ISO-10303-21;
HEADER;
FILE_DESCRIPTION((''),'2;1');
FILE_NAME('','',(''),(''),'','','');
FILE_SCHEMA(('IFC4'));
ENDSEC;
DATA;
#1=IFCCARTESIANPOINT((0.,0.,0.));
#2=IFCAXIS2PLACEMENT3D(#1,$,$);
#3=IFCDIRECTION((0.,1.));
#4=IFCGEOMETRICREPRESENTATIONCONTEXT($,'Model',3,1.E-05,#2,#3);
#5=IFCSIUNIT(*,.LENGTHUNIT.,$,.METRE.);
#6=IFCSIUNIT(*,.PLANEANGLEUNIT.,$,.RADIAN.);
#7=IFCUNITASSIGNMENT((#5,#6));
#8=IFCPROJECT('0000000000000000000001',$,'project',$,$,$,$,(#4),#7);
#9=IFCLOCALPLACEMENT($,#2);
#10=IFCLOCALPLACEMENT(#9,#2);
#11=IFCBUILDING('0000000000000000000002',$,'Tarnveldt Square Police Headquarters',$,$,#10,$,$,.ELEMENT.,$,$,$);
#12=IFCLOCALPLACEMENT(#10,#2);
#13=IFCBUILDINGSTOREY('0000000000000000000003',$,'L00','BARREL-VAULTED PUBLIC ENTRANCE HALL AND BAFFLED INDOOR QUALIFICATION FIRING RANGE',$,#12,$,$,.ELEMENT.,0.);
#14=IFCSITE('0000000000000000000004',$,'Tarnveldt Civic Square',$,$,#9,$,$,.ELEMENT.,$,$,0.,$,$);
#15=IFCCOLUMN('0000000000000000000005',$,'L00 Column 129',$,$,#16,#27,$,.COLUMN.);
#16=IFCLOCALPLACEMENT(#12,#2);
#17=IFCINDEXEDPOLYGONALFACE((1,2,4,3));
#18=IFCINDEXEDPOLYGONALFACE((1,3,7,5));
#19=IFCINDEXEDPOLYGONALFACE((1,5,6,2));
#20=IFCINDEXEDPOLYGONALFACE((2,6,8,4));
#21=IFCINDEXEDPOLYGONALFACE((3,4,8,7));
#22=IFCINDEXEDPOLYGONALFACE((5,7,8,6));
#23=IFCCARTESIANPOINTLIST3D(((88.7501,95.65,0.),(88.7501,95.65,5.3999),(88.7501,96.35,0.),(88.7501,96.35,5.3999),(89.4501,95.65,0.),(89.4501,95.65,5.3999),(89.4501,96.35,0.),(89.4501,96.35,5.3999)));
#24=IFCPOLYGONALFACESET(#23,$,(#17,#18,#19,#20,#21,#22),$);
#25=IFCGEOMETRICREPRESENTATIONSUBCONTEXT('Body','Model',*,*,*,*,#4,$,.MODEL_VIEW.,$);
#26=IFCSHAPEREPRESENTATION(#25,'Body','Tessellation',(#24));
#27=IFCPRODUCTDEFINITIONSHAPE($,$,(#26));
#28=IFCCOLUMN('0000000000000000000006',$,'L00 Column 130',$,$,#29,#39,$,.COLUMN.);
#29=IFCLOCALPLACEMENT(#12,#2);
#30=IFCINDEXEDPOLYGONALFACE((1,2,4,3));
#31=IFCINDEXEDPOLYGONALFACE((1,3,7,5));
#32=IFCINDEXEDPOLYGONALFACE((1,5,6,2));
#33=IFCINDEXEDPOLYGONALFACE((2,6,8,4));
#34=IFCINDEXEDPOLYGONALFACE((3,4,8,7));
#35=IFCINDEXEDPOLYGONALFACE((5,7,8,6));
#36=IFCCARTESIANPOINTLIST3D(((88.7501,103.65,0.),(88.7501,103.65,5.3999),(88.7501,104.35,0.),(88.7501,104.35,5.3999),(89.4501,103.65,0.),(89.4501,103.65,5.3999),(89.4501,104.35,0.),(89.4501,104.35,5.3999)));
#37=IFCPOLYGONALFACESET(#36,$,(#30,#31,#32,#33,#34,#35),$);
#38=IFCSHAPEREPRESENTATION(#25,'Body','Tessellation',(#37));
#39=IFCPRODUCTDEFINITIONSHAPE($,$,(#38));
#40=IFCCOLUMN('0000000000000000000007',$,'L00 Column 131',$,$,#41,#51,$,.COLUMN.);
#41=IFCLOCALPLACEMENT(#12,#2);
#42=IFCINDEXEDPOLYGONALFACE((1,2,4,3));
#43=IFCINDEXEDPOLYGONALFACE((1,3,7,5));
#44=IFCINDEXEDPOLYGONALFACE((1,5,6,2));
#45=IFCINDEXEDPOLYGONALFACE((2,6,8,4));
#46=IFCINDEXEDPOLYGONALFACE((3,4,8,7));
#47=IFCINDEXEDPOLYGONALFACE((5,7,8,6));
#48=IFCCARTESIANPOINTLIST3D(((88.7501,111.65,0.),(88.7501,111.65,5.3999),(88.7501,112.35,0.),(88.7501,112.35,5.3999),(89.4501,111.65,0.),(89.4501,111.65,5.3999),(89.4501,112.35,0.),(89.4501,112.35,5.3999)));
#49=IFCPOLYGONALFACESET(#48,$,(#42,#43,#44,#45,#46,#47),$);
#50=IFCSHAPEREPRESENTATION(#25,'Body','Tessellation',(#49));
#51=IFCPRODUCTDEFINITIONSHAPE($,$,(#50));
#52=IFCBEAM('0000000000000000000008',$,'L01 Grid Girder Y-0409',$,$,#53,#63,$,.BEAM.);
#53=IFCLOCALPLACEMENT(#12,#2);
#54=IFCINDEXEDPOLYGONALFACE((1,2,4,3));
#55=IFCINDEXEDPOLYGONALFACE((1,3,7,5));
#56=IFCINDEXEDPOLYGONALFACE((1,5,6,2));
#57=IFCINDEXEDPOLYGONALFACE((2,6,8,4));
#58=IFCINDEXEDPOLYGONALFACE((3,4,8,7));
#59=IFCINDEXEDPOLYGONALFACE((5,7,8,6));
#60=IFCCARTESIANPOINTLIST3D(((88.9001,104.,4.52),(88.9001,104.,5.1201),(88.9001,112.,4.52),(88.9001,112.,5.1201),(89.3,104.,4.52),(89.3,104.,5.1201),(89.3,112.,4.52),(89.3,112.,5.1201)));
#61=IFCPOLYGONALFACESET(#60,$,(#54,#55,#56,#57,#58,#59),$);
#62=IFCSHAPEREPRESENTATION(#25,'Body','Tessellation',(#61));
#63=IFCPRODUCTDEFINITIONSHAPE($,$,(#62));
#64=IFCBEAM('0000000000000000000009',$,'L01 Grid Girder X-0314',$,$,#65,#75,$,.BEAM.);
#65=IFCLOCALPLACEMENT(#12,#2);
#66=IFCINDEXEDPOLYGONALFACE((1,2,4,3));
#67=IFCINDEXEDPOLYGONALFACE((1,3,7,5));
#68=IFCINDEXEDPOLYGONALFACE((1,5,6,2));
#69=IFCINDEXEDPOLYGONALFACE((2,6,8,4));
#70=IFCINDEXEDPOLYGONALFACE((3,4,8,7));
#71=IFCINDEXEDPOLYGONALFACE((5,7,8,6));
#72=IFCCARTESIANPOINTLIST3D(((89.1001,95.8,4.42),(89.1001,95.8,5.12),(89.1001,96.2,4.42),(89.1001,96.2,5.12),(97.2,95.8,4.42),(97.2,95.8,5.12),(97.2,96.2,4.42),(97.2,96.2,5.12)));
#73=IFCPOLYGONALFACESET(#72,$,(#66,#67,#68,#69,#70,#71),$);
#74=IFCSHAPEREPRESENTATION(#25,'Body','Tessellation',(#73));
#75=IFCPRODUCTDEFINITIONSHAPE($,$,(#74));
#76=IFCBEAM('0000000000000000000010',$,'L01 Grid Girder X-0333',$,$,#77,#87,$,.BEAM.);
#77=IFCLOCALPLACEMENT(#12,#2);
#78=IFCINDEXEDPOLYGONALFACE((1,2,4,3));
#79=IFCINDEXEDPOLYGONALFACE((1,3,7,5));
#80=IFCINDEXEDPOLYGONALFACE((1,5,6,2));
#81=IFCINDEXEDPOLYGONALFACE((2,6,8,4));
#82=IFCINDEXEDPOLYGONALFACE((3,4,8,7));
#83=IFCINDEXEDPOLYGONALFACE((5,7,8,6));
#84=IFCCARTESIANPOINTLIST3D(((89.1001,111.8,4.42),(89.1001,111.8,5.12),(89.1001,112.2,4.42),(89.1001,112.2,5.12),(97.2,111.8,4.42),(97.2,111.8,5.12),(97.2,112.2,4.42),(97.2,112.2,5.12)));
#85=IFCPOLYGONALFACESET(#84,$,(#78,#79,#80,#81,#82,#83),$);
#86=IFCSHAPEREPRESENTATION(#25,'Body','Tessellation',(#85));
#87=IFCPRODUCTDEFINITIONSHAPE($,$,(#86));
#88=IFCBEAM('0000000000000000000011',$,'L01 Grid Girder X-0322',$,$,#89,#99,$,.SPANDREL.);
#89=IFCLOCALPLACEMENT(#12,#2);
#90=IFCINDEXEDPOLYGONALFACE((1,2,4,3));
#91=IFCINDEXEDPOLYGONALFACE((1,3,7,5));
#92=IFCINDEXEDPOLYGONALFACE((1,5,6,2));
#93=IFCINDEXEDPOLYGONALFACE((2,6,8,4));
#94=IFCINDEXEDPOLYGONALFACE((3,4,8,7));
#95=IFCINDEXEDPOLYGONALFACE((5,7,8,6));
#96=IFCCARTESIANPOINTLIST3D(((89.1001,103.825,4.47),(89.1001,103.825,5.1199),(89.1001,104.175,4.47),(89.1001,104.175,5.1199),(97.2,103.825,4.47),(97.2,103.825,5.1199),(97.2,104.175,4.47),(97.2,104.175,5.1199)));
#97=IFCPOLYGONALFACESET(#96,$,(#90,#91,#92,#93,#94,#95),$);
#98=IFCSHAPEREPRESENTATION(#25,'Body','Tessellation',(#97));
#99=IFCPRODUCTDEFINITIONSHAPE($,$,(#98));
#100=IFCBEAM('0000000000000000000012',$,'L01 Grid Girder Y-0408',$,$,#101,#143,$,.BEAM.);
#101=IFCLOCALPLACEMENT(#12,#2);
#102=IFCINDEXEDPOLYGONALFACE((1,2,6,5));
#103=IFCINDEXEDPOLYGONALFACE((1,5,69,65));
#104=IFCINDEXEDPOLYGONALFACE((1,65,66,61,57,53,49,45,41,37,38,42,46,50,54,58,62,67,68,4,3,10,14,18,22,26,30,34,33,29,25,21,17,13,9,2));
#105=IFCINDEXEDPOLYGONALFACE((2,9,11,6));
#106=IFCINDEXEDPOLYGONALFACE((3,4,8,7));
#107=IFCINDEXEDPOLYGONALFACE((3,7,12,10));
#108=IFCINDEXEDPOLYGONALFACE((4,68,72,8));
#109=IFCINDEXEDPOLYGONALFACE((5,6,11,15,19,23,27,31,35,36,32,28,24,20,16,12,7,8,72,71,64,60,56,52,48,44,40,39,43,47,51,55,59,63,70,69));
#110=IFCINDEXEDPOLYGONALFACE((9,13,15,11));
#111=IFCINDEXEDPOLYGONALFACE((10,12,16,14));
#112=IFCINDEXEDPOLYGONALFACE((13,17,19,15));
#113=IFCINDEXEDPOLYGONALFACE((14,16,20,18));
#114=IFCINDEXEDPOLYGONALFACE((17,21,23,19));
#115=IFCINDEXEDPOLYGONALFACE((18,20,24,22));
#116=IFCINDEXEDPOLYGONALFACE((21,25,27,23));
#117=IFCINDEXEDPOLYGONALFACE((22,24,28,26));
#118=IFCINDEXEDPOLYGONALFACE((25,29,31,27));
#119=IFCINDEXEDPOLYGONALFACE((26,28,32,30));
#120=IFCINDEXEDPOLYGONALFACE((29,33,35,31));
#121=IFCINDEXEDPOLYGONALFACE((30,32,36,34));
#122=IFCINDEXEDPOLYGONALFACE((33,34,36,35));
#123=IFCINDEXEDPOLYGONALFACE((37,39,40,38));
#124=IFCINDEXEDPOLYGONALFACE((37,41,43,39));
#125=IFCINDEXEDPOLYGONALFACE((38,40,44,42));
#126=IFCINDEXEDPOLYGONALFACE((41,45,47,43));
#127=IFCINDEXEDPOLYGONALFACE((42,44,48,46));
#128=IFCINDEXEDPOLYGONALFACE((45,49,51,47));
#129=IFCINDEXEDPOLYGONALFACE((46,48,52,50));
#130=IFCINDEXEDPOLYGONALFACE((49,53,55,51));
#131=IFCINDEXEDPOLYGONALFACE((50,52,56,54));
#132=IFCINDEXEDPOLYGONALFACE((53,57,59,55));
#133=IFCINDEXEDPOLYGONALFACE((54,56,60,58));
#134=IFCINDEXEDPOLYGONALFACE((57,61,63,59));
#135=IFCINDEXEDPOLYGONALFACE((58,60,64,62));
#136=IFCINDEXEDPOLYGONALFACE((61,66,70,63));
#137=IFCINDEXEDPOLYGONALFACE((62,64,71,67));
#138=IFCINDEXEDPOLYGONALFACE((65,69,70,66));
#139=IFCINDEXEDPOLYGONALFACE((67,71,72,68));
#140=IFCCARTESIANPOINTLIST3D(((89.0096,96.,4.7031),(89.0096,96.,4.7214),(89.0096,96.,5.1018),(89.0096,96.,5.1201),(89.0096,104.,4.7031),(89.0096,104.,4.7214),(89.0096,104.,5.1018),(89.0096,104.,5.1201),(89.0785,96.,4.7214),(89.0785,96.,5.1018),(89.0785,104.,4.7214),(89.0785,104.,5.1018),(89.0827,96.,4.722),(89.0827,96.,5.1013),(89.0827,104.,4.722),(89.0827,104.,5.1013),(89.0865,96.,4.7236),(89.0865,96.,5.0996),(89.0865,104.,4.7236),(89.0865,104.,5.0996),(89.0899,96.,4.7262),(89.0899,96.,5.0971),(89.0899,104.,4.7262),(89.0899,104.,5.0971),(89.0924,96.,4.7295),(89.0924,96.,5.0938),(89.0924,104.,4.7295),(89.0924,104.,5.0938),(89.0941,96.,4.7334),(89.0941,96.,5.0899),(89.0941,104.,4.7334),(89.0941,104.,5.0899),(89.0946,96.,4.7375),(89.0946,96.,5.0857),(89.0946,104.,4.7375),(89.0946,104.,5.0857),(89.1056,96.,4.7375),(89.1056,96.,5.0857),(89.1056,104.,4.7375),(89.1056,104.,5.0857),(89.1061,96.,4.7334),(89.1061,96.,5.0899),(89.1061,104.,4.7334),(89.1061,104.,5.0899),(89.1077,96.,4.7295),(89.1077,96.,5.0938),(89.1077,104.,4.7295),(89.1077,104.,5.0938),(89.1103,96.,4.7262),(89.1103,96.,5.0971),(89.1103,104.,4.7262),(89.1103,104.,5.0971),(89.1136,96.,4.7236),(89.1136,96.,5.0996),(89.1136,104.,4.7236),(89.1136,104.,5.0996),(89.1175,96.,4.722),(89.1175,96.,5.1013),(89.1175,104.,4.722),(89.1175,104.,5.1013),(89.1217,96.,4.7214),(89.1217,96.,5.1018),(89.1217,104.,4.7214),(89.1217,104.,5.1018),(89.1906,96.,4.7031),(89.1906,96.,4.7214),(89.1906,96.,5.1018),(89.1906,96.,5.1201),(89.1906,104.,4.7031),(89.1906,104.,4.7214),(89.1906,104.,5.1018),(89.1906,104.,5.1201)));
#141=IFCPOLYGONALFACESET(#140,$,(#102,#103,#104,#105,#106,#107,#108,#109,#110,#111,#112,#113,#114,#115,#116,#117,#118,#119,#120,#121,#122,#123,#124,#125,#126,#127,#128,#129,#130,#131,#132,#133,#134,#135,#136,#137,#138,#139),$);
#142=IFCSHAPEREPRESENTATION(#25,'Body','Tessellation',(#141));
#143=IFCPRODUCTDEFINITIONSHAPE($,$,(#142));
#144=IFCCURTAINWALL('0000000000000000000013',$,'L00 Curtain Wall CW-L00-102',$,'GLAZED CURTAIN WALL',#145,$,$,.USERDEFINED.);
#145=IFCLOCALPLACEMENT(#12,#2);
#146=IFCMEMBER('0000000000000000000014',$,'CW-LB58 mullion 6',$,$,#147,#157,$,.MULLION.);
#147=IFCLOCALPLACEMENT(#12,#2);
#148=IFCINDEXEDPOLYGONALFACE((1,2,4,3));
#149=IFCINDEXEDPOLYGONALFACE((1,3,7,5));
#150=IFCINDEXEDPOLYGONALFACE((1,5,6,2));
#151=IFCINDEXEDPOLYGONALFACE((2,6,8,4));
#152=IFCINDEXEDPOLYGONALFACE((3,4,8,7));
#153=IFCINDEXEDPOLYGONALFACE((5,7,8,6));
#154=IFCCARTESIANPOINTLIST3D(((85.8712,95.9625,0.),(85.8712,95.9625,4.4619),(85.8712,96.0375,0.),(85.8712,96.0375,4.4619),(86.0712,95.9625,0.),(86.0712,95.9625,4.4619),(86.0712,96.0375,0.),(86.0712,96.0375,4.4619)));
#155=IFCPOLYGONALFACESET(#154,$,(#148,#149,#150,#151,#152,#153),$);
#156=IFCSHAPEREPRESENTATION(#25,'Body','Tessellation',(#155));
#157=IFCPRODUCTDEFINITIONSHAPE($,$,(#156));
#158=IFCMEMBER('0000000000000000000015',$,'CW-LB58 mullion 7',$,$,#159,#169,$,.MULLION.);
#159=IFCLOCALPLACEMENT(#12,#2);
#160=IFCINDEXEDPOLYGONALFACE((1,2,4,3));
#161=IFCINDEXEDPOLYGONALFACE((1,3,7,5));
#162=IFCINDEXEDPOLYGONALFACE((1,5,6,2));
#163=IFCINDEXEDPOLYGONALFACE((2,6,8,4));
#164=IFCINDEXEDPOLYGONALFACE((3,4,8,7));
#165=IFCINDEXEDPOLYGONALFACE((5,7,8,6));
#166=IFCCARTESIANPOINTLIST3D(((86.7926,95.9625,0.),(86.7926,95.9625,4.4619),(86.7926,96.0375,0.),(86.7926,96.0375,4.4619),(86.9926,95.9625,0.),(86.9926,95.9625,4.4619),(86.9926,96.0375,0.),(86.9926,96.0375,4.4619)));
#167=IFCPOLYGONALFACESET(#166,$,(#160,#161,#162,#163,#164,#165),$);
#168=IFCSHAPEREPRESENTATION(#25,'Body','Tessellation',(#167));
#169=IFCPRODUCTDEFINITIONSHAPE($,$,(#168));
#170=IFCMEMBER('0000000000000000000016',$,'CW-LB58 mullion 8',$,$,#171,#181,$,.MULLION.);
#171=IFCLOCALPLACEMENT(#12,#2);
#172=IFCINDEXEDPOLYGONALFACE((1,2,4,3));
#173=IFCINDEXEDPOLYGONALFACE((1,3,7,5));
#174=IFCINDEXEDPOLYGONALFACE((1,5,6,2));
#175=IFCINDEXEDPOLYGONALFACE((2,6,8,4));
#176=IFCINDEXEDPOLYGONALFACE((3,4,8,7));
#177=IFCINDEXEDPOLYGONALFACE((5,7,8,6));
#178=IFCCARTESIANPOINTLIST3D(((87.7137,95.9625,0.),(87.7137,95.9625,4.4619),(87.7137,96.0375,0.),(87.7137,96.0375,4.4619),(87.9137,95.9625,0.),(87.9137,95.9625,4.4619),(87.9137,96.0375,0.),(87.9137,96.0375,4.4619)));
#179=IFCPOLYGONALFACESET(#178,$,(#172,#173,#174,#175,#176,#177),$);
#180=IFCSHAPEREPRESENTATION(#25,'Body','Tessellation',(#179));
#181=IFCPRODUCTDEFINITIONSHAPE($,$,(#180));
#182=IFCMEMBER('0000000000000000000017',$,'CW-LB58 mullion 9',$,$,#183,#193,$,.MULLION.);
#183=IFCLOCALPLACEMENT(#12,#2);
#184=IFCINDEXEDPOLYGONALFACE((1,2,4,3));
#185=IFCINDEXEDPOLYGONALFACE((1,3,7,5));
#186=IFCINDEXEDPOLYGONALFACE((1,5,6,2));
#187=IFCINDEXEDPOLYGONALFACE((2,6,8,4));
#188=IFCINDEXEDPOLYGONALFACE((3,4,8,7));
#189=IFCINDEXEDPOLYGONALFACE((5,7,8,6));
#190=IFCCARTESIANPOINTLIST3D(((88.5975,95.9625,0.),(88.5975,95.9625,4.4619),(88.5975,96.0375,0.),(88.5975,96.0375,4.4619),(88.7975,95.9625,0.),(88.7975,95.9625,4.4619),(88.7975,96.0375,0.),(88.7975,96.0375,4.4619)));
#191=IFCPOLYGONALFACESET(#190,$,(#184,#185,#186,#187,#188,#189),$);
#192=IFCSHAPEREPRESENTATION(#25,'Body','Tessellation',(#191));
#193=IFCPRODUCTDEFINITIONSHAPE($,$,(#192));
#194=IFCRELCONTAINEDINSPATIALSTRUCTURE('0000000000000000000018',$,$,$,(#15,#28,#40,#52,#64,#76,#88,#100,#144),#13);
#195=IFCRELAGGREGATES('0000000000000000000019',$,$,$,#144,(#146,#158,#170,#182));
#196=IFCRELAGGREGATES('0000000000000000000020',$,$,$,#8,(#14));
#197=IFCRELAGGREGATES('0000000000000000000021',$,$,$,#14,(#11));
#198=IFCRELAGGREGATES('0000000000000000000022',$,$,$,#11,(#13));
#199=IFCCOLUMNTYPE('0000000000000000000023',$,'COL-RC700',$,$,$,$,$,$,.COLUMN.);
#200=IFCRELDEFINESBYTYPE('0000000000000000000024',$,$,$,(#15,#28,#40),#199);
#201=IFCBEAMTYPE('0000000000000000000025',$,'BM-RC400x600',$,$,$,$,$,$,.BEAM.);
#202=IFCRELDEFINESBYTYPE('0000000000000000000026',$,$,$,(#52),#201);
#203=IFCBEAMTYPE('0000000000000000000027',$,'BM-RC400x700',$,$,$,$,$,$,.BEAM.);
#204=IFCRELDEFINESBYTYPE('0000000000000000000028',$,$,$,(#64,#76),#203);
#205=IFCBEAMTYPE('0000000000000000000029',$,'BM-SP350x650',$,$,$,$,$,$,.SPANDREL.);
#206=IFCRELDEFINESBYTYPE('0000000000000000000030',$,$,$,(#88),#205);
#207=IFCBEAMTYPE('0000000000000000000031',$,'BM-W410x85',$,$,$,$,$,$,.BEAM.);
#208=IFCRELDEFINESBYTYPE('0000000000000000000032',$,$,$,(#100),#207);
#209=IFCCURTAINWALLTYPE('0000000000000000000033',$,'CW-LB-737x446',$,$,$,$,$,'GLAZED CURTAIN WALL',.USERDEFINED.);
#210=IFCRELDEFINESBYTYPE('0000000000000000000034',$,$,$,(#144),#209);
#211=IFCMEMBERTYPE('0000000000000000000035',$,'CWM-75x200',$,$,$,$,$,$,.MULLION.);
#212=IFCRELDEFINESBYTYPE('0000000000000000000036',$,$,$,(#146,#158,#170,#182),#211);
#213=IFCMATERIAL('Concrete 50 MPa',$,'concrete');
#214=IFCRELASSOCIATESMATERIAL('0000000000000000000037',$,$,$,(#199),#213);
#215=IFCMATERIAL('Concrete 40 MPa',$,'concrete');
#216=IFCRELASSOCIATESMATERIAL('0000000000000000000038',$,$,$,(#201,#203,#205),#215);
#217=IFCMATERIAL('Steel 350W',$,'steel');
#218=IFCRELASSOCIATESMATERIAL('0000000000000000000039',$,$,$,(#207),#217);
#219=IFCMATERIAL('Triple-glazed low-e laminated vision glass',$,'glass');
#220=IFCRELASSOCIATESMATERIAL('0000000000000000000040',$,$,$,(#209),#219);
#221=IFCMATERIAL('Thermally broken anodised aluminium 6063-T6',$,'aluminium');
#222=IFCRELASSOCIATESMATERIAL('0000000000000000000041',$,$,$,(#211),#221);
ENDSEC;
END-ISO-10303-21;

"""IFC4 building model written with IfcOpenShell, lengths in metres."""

from ifc_helpers import new_model, si_unit, direction, frame, origin, origin_2d, place, context, subcontext, project, spatial, rectangle, i_section, extrude, material, material_profile, profile_set, type_object, element, aggregate, save


model = new_model("IFC4")

# Units and contexts
model_context = context("Model", 3, precision=1e-05, world=origin(), true_north=direction((0.0, 1.0)))
body_context = subcontext(model_context, "Body", "Model", "MODEL_VIEW")
ifc_project = project(units=[si_unit("LENGTHUNIT", "METRE"), si_unit("PLANEANGLEUNIT", "RADIAN")], contexts=[model_context])

# Site, building, storey
site_placement = place(None, origin())
site = spatial("IfcSite", under=ifc_project, at=site_placement, Name="Tarnveldt Civic Square", CompositionType="ELEMENT", RefElevation=0.0)
building_placement = place(site_placement, origin())
building = spatial("IfcBuilding", under=site, at=building_placement, Name="Tarnveldt Square Police Headquarters", CompositionType="ELEMENT")
storey_placement = place(building_placement, origin())
storey = spatial("IfcBuildingStorey", under=building, at=storey_placement, Name="L00", Description="BARREL-VAULTED PUBLIC ENTRANCE HALL AND BAFFLED INDOOR QUALIFICATION FIRING RANGE", CompositionType="ELEMENT", Elevation=0.0)

# Columns
ifc_material_1 = material(Name="Concrete 50 MPa", Category="concrete")
ifc_material_profile_1 = material_profile(ifc_material_1, rectangle(XDim=0.7, YDim=0.7, at=origin_2d()), Name="RC-C700x700")
ifc_profile_set_1 = profile_set([ifc_material_profile_1], Name="Concrete 50 MPa")
column_type = type_object("IfcColumnType", Name="COL-RC700", PredefinedType="COLUMN", material=ifc_profile_set_1)
for number, where, z_axis, x_axis, name in (
    (1, (89.1001, 96.0, 0.0), (0.0, 0.0, 1.0), (1.0, 0.0, 0.0), "L00 Column 129"),
    (2, (89.1001, 104.0, 0.0), (0.0, 0.0, 1.0), (1.0, 0.0, 0.0), "L00 Column 130"),
    (3, (89.1001, 112.0, 0.0), (0.0, 0.0, 1.0), (1.0, 0.0, 0.0), "L00 Column 131"),
):
    element("IfcColumn", number, at=place(storey_placement, frame(where, z_axis=z_axis, x_axis=x_axis)), inside=storey, type_object=column_type, Name=name, PredefinedType="COLUMN", context=body_context, shape_type="SweptSolid", body=[
        extrude(rectangle(XDim=0.7, YDim=0.7, at=origin_2d()), origin(), (0.0, 0.0, 1.0), 5.3999),
    ])

# Beams
ifc_material_2 = material(Name="Concrete 40 MPa", Category="concrete")
ifc_material_profile_2 = material_profile(ifc_material_2, rectangle(XDim=0.3999, YDim=0.6001, at=origin_2d()), Name="RC-B400x600")
ifc_profile_set_2 = profile_set([ifc_material_profile_2], Name="Concrete 40 MPa")
beam_type_1 = type_object("IfcBeamType", Name="BM-RC400x600", PredefinedType="BEAM", material=ifc_profile_set_2)
beam_1_placement = place(storey_placement, frame((89.1001, 104.0, 4.8201), z_axis=(0.0, 1.0, 0.0), x_axis=(-1.0, 0.0, 0.0)))
element("IfcBeam", 4, at=beam_1_placement, inside=storey, type_object=beam_type_1, Name="L01 Grid Girder Y-0409", PredefinedType="BEAM", context=body_context, shape_type="SweptSolid", body=[
    extrude(rectangle(XDim=0.3999, YDim=0.6001, at=origin_2d()), origin(), (0.0, 0.0, 1.0), 8.0),
])
ifc_material_profile_3 = material_profile(ifc_material_2, rectangle(XDim=0.3999, YDim=0.7, at=origin_2d()), Name="RC-B400x700")
ifc_profile_set_3 = profile_set([ifc_material_profile_3], Name="Concrete 40 MPa")
beam_type_2 = type_object("IfcBeamType", Name="BM-RC400x700", PredefinedType="BEAM", material=ifc_profile_set_3)
for number, where, z_axis, x_axis, name in (
    (5, (89.1001, 96.0, 4.77), (1.0, 0.0, 0.0), (0.0, 1.0, 0.0), "L01 Grid Girder X-0314"),
    (6, (89.1001, 112.0, 4.77), (1.0, 0.0, 0.0), (0.0, 1.0, 0.0), "L01 Grid Girder X-0333"),
):
    element("IfcBeam", number, at=place(storey_placement, frame(where, z_axis=z_axis, x_axis=x_axis)), inside=storey, type_object=beam_type_2, Name=name, PredefinedType="BEAM", context=body_context, shape_type="SweptSolid", body=[
        extrude(rectangle(XDim=0.3999, YDim=0.7, at=origin_2d()), origin(), (0.0, 0.0, 1.0), 8.0999),
    ])
ifc_material_profile_4 = material_profile(ifc_material_2, rectangle(XDim=0.3501, YDim=0.6499, at=origin_2d()), Name="RC-SP350x650")
ifc_profile_set_4 = profile_set([ifc_material_profile_4], Name="Concrete 40 MPa")
beam_type_3 = type_object("IfcBeamType", Name="BM-SP350x650", PredefinedType="SPANDREL", material=ifc_profile_set_4)
beam_2_placement = place(storey_placement, frame((89.1001, 104.0, 4.7949), z_axis=(1.0, 0.0, 0.0), x_axis=(0.0, 1.0, 0.0)))
element("IfcBeam", 7, at=beam_2_placement, inside=storey, type_object=beam_type_3, Name="L01 Grid Girder X-0322", PredefinedType="SPANDREL", context=body_context, shape_type="SweptSolid", body=[
    extrude(rectangle(XDim=0.3501, YDim=0.6499, at=origin_2d()), origin(), (0.0, 0.0, 1.0), 8.0999),
])
ifc_material_3 = material(Name="Steel 350W", Category="steel")
ifc_material_profile_5 = material_profile(ifc_material_3, i_section(OverallWidth=0.1809, OverallDepth=0.417, WebThickness=0.011, FlangeThickness=0.0183, FilletRadius=0.0161, at=origin_2d()), Name="W410x85")
ifc_profile_set_5 = profile_set([ifc_material_profile_5], Name="Steel 350W")
beam_type_4 = type_object("IfcBeamType", Name="BM-W410x85", PredefinedType="BEAM", material=ifc_profile_set_5)
beam_3_placement = place(storey_placement, frame((89.1001, 96.0, 4.9116), z_axis=(0.0, 1.0, 0.0), x_axis=(-1.0, 0.0, 0.0)))
element("IfcBeam", 8, at=beam_3_placement, inside=storey, type_object=beam_type_4, Name="L01 Grid Girder Y-0408", PredefinedType="BEAM", context=body_context, shape_type="SweptSolid", body=[
    extrude(i_section(OverallWidth=0.1809, OverallDepth=0.417, WebThickness=0.011, FlangeThickness=0.0183, FilletRadius=0.0161, at=origin_2d()), origin(), (0.0, 0.0, 1.0), 8.0),
])

# Curtain wall, members
ifc_material_4 = material(Name="Triple-glazed low-e laminated vision glass", Category="glass")
curtain_wall_type_1 = type_object("IfcCurtainWallType", Name="CW-LB-737x446", ElementType="GLAZED CURTAIN WALL", PredefinedType="USERDEFINED", material=ifc_material_4)
curtain_wall_1_placement = place(storey_placement, origin())
curtain_wall_1 = element("IfcCurtainWall", 9, at=curtain_wall_1_placement, inside=storey, type_object=curtain_wall_type_1, Name="L00 Curtain Wall CW-L00-102", ObjectType="GLAZED CURTAIN WALL", PredefinedType="USERDEFINED")
ifc_material_5 = material(Name="Thermally broken anodised aluminium 6063-T6", Category="aluminium")
ifc_material_profile_6 = material_profile(ifc_material_5, rectangle(XDim=0.075, YDim=0.2, at=origin_2d()), Name="CW-M75x200")
ifc_profile_set_6 = profile_set([ifc_material_profile_6], Name="Thermally broken anodised aluminium 6063-T6")
member_type_1 = type_object("IfcMemberType", Name="CWM-75x200", PredefinedType="MULLION", material=ifc_profile_set_6)
member_1_placement = place(storey_placement, frame((85.9712, 96.0, 0.0), z_axis=(0.0, 0.0, 1.0), x_axis=(0.0, 1.0, 0.0)))
member_1 = element("IfcMember", 10, at=member_1_placement, type_object=member_type_1, Name="CW-LB58 mullion 6", PredefinedType="MULLION", context=body_context, shape_type="SweptSolid", body=[
    extrude(rectangle(XDim=0.075, YDim=0.2, at=origin_2d()), origin(), (0.0, 0.0, 1.0), 4.4619),
])
member_2_placement = place(storey_placement, frame((86.8926, 96.0, 0.0), z_axis=(0.0, 0.0, 1.0), x_axis=(0.0, 1.0, 0.0)))
member_2 = element("IfcMember", 11, at=member_2_placement, type_object=member_type_1, Name="CW-LB58 mullion 7", PredefinedType="MULLION", context=body_context, shape_type="SweptSolid", body=[
    extrude(rectangle(XDim=0.075, YDim=0.2, at=origin_2d()), origin(), (0.0, 0.0, 1.0), 4.4619),
])
member_3_placement = place(storey_placement, frame((87.8137, 96.0, 0.0), z_axis=(0.0, 0.0, 1.0), x_axis=(0.0, 1.0, 0.0)))
member_3 = element("IfcMember", 12, at=member_3_placement, type_object=member_type_1, Name="CW-LB58 mullion 8", PredefinedType="MULLION", context=body_context, shape_type="SweptSolid", body=[
    extrude(rectangle(XDim=0.075, YDim=0.2, at=origin_2d()), origin(), (0.0, 0.0, 1.0), 4.4619),
])
member_4_placement = place(storey_placement, frame((88.6975, 96.0, 0.0), z_axis=(0.0, 0.0, 1.0), x_axis=(0.0, 1.0, 0.0)))
member_4 = element("IfcMember", 13, at=member_4_placement, type_object=member_type_1, Name="CW-LB58 mullion 9", PredefinedType="MULLION", context=body_context, shape_type="SweptSolid", body=[
    extrude(rectangle(XDim=0.075, YDim=0.2, at=origin_2d()), origin(), (0.0, 0.0, 1.0), 4.4619),
])

aggregate(curtain_wall_1, [member_1, member_2, member_3, member_4])

save(model, "model.ifc")
